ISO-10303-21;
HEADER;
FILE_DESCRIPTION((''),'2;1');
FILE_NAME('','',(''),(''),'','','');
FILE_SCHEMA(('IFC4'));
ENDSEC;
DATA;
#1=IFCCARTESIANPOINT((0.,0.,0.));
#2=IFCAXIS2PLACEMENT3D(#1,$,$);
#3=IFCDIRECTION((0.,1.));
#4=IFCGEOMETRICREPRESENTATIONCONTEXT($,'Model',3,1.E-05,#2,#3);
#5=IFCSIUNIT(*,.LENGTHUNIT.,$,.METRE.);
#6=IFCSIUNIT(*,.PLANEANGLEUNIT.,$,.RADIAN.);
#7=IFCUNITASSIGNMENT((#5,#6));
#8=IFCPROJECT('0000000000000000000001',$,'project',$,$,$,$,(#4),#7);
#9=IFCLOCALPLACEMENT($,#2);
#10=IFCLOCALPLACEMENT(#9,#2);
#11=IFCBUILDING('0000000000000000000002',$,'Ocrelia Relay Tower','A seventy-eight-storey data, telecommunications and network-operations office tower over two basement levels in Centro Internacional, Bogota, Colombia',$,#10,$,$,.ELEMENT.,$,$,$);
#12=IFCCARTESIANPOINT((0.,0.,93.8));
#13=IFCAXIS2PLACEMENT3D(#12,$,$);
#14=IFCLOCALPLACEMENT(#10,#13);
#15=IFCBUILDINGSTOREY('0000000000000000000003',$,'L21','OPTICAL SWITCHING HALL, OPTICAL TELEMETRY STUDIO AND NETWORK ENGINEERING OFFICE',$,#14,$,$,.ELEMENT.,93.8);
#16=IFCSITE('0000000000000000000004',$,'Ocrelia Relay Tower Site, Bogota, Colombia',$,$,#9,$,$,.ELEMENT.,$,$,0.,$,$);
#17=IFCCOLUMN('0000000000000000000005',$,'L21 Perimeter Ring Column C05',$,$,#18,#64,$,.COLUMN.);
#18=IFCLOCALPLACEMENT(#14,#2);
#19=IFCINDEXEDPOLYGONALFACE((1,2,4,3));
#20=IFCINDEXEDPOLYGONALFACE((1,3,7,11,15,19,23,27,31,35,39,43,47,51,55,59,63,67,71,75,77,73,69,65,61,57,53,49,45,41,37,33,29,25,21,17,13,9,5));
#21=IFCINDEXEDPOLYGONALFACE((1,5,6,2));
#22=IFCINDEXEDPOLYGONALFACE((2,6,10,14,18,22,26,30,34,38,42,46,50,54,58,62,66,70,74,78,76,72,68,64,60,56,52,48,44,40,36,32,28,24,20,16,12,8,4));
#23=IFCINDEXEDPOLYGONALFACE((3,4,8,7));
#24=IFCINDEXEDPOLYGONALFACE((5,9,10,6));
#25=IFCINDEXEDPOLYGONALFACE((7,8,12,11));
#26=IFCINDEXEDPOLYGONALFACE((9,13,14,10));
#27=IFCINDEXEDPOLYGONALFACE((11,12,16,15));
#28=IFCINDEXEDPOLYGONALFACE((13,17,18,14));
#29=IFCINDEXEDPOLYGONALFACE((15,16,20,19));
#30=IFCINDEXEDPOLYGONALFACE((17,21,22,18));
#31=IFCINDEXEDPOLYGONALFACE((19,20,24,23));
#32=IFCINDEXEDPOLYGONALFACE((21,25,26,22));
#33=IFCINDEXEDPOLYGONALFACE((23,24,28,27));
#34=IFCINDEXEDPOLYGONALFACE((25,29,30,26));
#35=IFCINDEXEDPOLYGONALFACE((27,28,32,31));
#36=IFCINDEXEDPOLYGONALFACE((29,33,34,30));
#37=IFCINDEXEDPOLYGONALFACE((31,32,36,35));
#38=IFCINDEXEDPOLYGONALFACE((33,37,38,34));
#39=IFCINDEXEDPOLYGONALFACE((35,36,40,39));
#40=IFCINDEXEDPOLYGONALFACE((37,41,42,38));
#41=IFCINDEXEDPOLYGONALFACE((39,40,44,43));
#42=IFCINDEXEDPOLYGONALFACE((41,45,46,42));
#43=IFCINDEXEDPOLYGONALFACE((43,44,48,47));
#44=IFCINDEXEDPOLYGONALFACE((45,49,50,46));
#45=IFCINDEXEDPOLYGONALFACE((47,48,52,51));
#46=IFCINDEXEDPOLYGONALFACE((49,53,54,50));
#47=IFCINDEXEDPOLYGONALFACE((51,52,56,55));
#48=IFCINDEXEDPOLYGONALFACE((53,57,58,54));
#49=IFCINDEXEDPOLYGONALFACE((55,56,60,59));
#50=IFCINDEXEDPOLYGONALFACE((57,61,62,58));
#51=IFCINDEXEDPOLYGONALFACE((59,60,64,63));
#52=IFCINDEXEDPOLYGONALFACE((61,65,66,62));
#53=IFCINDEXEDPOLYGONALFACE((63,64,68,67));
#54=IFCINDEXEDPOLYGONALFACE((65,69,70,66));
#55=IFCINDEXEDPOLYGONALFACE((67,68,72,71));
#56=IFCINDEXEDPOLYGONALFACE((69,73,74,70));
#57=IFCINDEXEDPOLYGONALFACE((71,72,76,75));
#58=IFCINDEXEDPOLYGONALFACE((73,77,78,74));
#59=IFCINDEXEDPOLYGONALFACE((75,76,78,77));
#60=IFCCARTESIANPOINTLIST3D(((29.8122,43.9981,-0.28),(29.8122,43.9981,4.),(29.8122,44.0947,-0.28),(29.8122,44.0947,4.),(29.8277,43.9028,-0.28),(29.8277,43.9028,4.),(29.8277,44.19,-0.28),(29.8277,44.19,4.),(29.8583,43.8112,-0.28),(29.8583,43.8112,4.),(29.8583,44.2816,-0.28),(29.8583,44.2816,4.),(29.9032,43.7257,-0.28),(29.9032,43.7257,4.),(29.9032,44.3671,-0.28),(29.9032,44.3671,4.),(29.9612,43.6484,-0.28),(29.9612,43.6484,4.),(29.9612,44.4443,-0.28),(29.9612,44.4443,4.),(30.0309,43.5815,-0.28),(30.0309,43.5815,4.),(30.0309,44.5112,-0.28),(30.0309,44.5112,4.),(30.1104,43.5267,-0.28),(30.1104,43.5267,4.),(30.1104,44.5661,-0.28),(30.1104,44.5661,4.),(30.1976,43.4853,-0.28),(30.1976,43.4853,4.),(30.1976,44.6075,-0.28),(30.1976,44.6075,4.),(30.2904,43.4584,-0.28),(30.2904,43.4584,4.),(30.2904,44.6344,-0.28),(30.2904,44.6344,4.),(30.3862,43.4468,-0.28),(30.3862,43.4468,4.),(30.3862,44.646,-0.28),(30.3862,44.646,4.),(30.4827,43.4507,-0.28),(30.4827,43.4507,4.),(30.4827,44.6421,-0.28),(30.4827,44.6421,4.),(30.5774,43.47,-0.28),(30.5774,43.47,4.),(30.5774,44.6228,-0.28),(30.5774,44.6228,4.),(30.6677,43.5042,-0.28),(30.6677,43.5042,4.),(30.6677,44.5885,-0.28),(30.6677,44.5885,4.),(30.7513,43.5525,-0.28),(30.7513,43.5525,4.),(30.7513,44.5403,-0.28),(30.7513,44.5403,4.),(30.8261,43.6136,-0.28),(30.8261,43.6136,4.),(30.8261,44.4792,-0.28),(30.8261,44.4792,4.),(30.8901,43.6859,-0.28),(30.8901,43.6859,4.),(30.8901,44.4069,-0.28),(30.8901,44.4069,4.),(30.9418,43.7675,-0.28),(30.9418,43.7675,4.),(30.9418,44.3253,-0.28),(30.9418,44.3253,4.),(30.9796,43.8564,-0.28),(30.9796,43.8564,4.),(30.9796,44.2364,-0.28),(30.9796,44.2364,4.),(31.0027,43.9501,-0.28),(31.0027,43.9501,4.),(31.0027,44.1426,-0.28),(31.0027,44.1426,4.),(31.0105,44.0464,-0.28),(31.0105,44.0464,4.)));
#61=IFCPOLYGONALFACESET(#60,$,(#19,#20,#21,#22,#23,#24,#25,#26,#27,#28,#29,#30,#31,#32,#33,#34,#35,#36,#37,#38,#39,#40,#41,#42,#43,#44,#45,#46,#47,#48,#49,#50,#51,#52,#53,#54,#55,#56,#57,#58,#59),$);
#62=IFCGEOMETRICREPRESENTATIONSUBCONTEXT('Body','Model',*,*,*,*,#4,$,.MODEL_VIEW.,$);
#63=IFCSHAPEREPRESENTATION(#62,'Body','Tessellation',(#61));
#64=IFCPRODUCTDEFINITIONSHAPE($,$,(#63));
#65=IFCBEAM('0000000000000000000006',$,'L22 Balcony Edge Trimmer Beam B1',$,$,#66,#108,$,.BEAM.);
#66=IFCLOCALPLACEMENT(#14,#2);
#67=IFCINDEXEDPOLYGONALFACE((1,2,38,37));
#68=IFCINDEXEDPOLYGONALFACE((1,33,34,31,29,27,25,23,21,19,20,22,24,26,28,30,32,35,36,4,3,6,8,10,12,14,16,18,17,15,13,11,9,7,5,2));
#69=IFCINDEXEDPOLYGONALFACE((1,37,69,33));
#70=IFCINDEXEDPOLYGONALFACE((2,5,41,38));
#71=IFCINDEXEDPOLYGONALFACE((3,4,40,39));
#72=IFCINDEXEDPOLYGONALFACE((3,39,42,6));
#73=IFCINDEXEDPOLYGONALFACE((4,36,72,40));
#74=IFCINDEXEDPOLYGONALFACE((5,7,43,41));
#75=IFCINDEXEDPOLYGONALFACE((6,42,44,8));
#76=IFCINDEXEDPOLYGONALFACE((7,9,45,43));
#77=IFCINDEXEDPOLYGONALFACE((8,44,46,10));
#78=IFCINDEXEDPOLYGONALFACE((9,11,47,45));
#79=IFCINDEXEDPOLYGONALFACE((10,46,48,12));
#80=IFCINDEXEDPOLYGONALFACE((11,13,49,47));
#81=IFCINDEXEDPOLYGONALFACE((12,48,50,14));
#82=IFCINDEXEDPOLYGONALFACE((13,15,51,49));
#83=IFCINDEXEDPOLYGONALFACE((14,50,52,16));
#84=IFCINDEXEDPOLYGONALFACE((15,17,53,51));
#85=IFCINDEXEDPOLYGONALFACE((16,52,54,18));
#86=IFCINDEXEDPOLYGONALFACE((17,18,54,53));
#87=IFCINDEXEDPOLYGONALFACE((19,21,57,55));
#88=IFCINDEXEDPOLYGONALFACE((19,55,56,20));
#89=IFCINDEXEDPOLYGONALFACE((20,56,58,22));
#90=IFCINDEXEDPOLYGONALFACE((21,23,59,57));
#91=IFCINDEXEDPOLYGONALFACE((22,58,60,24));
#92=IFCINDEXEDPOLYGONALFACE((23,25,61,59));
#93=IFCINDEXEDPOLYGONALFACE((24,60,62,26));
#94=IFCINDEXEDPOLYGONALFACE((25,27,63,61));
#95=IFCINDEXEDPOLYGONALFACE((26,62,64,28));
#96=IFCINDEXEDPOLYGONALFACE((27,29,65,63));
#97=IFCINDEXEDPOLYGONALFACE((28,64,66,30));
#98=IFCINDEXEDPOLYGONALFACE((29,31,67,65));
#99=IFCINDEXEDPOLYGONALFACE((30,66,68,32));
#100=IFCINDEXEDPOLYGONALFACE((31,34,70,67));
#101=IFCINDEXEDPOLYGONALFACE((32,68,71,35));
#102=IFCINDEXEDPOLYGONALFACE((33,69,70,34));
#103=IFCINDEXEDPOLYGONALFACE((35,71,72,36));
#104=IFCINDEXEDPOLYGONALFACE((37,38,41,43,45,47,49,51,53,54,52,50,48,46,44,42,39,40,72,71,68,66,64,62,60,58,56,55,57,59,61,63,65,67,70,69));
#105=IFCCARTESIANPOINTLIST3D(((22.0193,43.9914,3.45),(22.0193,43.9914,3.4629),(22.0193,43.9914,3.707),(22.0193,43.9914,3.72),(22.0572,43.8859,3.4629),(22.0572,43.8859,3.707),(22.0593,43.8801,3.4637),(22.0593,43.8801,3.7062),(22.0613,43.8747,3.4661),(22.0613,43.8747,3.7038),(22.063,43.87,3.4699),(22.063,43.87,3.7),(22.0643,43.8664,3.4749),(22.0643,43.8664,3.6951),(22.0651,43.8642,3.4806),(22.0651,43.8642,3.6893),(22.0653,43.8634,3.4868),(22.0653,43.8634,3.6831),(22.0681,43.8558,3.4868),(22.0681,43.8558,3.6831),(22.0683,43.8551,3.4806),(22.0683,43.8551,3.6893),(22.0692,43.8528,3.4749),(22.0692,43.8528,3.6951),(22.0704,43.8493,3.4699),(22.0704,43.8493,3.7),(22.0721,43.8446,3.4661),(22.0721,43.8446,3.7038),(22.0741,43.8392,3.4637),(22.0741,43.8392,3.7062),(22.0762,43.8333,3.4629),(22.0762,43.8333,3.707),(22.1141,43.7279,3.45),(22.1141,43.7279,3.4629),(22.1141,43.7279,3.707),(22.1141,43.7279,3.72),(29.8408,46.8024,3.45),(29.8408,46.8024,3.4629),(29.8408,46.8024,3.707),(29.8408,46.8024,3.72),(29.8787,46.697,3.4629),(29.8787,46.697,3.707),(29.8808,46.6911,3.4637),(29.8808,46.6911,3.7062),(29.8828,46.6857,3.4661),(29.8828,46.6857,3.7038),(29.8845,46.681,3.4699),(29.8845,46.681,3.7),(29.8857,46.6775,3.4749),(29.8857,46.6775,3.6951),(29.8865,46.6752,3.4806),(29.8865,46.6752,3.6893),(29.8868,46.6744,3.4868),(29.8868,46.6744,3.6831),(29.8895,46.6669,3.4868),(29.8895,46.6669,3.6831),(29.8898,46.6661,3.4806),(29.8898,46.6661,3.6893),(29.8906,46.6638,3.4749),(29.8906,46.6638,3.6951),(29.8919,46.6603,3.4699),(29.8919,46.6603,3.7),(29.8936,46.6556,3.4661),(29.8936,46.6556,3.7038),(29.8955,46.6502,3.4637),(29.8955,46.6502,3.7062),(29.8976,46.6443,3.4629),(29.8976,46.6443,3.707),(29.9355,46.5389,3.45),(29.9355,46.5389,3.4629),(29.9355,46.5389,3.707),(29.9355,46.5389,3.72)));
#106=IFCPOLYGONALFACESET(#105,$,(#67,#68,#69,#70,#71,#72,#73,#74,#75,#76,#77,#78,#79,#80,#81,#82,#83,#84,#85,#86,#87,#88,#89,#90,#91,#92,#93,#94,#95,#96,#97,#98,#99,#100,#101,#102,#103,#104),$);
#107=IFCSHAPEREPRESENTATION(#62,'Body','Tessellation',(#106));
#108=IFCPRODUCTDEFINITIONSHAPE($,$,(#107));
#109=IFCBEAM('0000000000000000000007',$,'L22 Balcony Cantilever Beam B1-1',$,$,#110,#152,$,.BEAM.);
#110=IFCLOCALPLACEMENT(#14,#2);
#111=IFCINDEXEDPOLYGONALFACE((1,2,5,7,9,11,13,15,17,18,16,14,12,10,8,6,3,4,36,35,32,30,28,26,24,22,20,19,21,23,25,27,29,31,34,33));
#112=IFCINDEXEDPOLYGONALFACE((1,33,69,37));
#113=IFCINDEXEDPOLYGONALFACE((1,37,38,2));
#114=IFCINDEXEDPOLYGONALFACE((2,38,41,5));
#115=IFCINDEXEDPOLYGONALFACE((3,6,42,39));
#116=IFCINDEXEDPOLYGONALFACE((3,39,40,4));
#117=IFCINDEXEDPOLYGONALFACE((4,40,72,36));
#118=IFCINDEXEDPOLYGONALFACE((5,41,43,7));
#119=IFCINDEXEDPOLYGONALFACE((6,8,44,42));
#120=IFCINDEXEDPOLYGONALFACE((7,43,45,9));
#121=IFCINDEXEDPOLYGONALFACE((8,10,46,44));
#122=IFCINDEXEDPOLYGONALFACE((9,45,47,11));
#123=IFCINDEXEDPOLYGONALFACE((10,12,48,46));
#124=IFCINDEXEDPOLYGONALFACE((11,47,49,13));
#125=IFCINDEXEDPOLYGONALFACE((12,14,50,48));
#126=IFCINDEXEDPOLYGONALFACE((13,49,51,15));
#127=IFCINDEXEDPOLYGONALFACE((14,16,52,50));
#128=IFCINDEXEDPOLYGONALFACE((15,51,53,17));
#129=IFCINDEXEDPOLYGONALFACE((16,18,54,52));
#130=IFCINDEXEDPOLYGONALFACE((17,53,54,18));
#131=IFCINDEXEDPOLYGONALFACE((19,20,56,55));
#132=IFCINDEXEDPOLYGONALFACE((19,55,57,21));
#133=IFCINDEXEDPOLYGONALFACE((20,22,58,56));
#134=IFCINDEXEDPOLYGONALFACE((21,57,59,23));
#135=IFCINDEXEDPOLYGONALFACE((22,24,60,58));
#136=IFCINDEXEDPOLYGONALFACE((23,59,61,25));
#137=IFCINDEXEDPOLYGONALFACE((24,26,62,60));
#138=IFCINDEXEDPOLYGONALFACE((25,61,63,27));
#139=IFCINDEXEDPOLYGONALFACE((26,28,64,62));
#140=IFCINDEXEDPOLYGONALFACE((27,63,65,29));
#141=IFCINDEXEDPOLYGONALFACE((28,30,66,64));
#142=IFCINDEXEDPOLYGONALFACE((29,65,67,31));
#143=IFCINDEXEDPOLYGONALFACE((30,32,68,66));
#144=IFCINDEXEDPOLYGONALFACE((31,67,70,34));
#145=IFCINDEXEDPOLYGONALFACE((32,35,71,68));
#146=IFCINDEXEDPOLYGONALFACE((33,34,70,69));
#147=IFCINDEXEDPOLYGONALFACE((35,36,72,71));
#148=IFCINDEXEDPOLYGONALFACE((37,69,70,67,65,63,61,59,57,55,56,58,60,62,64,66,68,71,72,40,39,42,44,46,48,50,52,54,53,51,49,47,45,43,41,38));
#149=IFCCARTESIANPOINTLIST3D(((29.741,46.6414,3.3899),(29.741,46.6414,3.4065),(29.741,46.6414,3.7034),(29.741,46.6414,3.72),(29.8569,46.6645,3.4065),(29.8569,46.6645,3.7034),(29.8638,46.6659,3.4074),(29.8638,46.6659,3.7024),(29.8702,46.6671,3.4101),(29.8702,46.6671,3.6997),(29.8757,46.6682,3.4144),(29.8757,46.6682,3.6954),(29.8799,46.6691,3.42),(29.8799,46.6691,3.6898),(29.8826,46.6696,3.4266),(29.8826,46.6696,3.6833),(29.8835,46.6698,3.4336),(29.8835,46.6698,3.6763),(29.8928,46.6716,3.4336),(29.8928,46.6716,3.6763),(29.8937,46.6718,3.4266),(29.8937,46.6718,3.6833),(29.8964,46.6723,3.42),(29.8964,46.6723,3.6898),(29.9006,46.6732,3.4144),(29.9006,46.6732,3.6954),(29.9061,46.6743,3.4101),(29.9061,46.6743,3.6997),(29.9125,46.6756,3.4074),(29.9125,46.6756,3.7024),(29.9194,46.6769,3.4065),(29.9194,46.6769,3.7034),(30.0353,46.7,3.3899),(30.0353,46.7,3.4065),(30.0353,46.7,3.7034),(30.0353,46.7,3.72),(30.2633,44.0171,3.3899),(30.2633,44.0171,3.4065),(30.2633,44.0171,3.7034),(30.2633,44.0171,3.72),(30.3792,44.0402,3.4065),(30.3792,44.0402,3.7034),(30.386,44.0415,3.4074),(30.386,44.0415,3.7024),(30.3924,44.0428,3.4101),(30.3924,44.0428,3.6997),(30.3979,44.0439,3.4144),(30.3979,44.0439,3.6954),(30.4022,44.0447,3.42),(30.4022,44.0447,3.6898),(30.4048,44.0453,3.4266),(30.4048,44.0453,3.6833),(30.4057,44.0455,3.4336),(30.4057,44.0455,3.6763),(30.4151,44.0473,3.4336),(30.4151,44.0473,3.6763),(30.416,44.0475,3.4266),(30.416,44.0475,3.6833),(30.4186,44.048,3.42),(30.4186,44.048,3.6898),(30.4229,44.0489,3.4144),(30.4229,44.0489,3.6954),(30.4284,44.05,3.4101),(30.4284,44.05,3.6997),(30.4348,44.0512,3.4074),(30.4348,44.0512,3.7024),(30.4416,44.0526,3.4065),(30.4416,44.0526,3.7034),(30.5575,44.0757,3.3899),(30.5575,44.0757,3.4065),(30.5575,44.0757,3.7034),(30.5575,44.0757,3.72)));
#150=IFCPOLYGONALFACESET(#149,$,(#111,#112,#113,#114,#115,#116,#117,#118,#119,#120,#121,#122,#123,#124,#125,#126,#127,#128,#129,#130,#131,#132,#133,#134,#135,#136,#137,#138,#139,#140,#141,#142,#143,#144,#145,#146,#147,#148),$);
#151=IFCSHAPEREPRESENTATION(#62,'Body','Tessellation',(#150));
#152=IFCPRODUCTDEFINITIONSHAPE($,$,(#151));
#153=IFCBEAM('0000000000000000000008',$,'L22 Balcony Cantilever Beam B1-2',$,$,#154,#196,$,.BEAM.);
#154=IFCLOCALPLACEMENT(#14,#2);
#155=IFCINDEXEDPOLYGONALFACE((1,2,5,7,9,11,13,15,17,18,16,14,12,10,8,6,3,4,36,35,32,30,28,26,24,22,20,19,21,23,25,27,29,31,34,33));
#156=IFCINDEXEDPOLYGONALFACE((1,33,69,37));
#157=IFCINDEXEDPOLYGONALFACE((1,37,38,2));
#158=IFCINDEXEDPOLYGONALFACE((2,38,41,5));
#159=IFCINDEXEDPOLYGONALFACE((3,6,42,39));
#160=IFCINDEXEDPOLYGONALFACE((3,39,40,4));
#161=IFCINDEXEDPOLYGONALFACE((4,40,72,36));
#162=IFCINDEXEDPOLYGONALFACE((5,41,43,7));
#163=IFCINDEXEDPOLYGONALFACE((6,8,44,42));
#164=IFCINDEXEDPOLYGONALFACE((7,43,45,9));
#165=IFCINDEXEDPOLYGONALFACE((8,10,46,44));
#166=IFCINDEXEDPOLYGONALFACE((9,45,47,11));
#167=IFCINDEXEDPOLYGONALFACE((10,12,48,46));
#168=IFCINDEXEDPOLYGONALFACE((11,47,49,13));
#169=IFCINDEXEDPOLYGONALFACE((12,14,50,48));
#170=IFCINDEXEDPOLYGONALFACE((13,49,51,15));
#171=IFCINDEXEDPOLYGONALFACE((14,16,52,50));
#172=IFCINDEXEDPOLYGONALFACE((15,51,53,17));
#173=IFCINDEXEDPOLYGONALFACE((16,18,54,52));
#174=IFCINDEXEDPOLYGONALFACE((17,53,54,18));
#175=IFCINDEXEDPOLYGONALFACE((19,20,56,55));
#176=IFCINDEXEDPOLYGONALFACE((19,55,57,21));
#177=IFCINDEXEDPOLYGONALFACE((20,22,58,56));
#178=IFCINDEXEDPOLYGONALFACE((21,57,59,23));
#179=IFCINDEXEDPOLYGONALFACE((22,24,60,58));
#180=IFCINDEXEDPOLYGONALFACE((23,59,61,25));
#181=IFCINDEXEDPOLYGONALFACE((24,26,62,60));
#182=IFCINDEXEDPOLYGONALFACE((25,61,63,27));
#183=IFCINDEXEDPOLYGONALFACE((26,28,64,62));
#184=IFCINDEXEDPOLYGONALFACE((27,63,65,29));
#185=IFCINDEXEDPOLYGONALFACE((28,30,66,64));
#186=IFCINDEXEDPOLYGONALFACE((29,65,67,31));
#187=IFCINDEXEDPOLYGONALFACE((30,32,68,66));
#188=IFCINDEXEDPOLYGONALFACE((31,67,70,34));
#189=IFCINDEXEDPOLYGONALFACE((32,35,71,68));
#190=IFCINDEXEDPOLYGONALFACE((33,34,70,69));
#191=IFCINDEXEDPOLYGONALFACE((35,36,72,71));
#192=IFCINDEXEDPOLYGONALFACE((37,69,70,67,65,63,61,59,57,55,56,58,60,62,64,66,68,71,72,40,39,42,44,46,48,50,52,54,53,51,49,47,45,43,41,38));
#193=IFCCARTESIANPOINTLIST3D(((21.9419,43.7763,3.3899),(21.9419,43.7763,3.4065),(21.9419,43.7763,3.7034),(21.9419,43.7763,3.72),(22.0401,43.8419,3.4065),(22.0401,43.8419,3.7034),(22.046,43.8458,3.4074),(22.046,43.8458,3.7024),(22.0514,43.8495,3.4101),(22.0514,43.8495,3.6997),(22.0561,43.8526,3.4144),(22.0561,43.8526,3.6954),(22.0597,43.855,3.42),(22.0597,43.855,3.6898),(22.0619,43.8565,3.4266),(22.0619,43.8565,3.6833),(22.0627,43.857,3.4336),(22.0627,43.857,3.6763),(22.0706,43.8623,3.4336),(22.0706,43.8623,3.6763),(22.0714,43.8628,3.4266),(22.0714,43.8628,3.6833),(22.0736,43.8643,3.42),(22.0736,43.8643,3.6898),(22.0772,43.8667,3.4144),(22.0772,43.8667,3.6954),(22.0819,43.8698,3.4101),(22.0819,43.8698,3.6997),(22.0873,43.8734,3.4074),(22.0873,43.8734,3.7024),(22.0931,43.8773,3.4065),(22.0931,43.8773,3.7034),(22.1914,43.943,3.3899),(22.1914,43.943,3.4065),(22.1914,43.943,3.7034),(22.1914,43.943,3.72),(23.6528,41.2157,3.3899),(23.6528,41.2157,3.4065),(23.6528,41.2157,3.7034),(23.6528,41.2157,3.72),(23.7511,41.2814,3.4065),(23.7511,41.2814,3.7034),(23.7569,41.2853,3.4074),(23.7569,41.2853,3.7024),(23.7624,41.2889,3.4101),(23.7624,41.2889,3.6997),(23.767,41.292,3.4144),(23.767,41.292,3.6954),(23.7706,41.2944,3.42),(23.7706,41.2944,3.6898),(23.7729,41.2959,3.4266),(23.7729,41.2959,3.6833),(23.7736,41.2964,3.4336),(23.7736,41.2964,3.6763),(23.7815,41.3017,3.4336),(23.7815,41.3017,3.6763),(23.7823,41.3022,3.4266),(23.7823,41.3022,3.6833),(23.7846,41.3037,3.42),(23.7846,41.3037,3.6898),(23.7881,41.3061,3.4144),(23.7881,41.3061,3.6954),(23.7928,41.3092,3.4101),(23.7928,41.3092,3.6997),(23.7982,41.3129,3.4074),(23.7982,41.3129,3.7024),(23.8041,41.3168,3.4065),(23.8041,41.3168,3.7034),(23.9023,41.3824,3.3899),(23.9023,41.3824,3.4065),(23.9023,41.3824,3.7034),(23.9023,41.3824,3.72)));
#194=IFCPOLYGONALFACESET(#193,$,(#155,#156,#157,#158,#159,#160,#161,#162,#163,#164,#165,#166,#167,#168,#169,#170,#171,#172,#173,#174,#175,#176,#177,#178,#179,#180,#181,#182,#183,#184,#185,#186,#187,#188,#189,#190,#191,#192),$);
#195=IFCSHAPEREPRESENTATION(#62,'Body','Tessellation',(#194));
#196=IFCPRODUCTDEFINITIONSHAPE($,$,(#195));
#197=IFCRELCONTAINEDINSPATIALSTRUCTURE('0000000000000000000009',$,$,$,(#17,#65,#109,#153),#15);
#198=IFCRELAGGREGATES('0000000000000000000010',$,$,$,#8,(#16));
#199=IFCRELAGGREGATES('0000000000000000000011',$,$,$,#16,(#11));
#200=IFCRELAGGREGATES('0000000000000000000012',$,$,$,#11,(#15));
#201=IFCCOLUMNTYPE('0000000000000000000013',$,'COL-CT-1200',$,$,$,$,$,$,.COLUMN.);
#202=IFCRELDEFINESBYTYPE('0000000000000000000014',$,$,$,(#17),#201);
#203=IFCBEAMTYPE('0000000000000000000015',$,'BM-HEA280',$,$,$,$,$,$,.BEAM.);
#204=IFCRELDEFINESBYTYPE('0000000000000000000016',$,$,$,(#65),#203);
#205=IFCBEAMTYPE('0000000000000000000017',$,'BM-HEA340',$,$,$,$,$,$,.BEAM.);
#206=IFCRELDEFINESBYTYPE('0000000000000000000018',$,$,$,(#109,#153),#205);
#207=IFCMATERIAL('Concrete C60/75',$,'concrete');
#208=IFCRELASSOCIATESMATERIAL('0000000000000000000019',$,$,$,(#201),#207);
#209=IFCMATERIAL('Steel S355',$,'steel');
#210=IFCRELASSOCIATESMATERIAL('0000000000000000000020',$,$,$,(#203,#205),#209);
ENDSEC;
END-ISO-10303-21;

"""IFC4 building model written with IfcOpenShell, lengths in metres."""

from ifc_helpers import new_model, si_unit, direction, frame, origin, origin_2d, place, context, subcontext, project, spatial, circle, i_section, extrude, material, material_profile, profile_set, type_object, element, save


model = new_model("IFC4")

# Units and contexts
model_context = context("Model", 3, precision=1e-05, world=origin(), true_north=direction((0.0, 1.0)))
body_context = subcontext(model_context, "Body", "Model", "MODEL_VIEW")
ifc_project = project(units=[si_unit("LENGTHUNIT", "METRE"), si_unit("PLANEANGLEUNIT", "RADIAN")], contexts=[model_context])

# Site, building, storey
site_placement = place(None, origin())
site = spatial("IfcSite", under=ifc_project, at=site_placement, Name="Ocrelia Relay Tower Site, Bogota, Colombia", CompositionType="ELEMENT", RefElevation=0.0)
building_placement = place(site_placement, origin())
building = spatial("IfcBuilding", under=site, at=building_placement, Name="Ocrelia Relay Tower", Description="A seventy-eight-storey data, telecommunications and network-operations office tower over two basement levels in Centro Internacional, Bogota, Colombia", CompositionType="ELEMENT")
storey_placement = place(building_placement, frame((0.0, 0.0, 93.8)))
storey = spatial("IfcBuildingStorey", under=building, at=storey_placement, Name="L21", Description="OPTICAL SWITCHING HALL, OPTICAL TELEMETRY STUDIO AND NETWORK ENGINEERING OFFICE", CompositionType="ELEMENT", Elevation=93.8)

# Column
ifc_material_1 = material(Name="Concrete C60/75", Category="concrete")
ifc_material_profile_1 = material_profile(ifc_material_1, circle(Radius=0.6001, at=origin_2d()), Name="RC-CIR-1200")
ifc_profile_set_1 = profile_set([ifc_material_profile_1], Name="Concrete C60/75")
column_type = type_object("IfcColumnType", Name="COL-CT-1200", PredefinedType="COLUMN", material=ifc_profile_set_1)
column_placement = place(storey_placement, frame((30.4104, 44.0464, -0.28), z_axis=(0.0, 0.0, 1.0), x_axis=(1.0, 0.0, 0.0)))
element("IfcColumn", 1, at=column_placement, inside=storey, type_object=column_type, Name="L21 Perimeter Ring Column C05", PredefinedType="COLUMN", context=body_context, shape_type="SweptSolid", body=[
    extrude(circle(Radius=0.6001, at=origin_2d()), origin(), (0.0, 0.0, 1.0), 4.28),
])

# Beams
ifc_material_2 = material(Name="Steel S355", Category="steel")
ifc_material_profile_2 = material_profile(ifc_material_2, i_section(OverallWidth=0.28, OverallDepth=0.27, WebThickness=0.0081, FlangeThickness=0.0129, FilletRadius=0.0239, at=origin_2d()), Name="HEA 280")
ifc_profile_set_2 = profile_set([ifc_material_profile_2], Name="Steel S355")
beam_type_1 = type_object("IfcBeamType", Name="BM-HEA280", PredefinedType="BEAM", material=ifc_profile_set_2)
beam_1_placement = place(storey_placement, frame((29.8882, 46.6707, 3.585), z_axis=(-0.941068, -0.338217, 0.0), x_axis=(0.338217, -0.941068, 0.0)))
element("IfcBeam", 2, at=beam_1_placement, inside=storey, type_object=beam_type_1, Name="L22 Balcony Edge Trimmer Beam B1", PredefinedType="BEAM", context=body_context, shape_type="SweptSolid", body=[
    extrude(i_section(OverallWidth=0.28, OverallDepth=0.27, WebThickness=0.0081, FlangeThickness=0.0129, FilletRadius=0.0239, at=origin_2d()), origin(), (0.0, 0.0, 1.0), 8.3113),
])
ifc_material_profile_3 = material_profile(ifc_material_2, i_section(OverallWidth=0.3, OverallDepth=0.3301, WebThickness=0.0095, FlangeThickness=0.0166, FilletRadius=0.0271, at=origin_2d()), Name="HEA 340")
ifc_profile_set_3 = profile_set([ifc_material_profile_3], Name="Steel S355")
beam_type_2 = type_object("IfcBeamType", Name="BM-HEA340", PredefinedType="BEAM", material=ifc_profile_set_3)
beam_2_placement = place(storey_placement, frame((30.4104, 44.0464, 3.5549), z_axis=(-0.195169, 0.98077, 0.0), x_axis=(-0.98077, -0.195169, 0.0)))
element("IfcBeam", 3, at=beam_2_placement, inside=storey, type_object=beam_type_2, Name="L22 Balcony Cantilever Beam B1-1", PredefinedType="BEAM", context=body_context, shape_type="SweptSolid", body=[
    extrude(i_section(OverallWidth=0.3, OverallDepth=0.3301, WebThickness=0.0095, FlangeThickness=0.0166, FilletRadius=0.0271, at=origin_2d()), origin(), (0.0, 0.0, 1.0), 2.6758),
])
beam_3_placement = place(storey_placement, frame((23.7776, 41.2991, 3.5549), z_axis=(-0.555578, 0.831464, 0.0), x_axis=(-0.831464, -0.555578, 0.0)))
element("IfcBeam", 4, at=beam_3_placement, inside=storey, type_object=beam_type_2, Name="L22 Balcony Cantilever Beam B1-2", PredefinedType="BEAM", context=body_context, shape_type="SweptSolid", body=[
    extrude(i_section(OverallWidth=0.3, OverallDepth=0.3301, WebThickness=0.0095, FlangeThickness=0.0166, FilletRadius=0.0271, at=origin_2d()), origin(), (0.0, 0.0, 1.0), 3.0796),
])

save(model, "model.ifc")
